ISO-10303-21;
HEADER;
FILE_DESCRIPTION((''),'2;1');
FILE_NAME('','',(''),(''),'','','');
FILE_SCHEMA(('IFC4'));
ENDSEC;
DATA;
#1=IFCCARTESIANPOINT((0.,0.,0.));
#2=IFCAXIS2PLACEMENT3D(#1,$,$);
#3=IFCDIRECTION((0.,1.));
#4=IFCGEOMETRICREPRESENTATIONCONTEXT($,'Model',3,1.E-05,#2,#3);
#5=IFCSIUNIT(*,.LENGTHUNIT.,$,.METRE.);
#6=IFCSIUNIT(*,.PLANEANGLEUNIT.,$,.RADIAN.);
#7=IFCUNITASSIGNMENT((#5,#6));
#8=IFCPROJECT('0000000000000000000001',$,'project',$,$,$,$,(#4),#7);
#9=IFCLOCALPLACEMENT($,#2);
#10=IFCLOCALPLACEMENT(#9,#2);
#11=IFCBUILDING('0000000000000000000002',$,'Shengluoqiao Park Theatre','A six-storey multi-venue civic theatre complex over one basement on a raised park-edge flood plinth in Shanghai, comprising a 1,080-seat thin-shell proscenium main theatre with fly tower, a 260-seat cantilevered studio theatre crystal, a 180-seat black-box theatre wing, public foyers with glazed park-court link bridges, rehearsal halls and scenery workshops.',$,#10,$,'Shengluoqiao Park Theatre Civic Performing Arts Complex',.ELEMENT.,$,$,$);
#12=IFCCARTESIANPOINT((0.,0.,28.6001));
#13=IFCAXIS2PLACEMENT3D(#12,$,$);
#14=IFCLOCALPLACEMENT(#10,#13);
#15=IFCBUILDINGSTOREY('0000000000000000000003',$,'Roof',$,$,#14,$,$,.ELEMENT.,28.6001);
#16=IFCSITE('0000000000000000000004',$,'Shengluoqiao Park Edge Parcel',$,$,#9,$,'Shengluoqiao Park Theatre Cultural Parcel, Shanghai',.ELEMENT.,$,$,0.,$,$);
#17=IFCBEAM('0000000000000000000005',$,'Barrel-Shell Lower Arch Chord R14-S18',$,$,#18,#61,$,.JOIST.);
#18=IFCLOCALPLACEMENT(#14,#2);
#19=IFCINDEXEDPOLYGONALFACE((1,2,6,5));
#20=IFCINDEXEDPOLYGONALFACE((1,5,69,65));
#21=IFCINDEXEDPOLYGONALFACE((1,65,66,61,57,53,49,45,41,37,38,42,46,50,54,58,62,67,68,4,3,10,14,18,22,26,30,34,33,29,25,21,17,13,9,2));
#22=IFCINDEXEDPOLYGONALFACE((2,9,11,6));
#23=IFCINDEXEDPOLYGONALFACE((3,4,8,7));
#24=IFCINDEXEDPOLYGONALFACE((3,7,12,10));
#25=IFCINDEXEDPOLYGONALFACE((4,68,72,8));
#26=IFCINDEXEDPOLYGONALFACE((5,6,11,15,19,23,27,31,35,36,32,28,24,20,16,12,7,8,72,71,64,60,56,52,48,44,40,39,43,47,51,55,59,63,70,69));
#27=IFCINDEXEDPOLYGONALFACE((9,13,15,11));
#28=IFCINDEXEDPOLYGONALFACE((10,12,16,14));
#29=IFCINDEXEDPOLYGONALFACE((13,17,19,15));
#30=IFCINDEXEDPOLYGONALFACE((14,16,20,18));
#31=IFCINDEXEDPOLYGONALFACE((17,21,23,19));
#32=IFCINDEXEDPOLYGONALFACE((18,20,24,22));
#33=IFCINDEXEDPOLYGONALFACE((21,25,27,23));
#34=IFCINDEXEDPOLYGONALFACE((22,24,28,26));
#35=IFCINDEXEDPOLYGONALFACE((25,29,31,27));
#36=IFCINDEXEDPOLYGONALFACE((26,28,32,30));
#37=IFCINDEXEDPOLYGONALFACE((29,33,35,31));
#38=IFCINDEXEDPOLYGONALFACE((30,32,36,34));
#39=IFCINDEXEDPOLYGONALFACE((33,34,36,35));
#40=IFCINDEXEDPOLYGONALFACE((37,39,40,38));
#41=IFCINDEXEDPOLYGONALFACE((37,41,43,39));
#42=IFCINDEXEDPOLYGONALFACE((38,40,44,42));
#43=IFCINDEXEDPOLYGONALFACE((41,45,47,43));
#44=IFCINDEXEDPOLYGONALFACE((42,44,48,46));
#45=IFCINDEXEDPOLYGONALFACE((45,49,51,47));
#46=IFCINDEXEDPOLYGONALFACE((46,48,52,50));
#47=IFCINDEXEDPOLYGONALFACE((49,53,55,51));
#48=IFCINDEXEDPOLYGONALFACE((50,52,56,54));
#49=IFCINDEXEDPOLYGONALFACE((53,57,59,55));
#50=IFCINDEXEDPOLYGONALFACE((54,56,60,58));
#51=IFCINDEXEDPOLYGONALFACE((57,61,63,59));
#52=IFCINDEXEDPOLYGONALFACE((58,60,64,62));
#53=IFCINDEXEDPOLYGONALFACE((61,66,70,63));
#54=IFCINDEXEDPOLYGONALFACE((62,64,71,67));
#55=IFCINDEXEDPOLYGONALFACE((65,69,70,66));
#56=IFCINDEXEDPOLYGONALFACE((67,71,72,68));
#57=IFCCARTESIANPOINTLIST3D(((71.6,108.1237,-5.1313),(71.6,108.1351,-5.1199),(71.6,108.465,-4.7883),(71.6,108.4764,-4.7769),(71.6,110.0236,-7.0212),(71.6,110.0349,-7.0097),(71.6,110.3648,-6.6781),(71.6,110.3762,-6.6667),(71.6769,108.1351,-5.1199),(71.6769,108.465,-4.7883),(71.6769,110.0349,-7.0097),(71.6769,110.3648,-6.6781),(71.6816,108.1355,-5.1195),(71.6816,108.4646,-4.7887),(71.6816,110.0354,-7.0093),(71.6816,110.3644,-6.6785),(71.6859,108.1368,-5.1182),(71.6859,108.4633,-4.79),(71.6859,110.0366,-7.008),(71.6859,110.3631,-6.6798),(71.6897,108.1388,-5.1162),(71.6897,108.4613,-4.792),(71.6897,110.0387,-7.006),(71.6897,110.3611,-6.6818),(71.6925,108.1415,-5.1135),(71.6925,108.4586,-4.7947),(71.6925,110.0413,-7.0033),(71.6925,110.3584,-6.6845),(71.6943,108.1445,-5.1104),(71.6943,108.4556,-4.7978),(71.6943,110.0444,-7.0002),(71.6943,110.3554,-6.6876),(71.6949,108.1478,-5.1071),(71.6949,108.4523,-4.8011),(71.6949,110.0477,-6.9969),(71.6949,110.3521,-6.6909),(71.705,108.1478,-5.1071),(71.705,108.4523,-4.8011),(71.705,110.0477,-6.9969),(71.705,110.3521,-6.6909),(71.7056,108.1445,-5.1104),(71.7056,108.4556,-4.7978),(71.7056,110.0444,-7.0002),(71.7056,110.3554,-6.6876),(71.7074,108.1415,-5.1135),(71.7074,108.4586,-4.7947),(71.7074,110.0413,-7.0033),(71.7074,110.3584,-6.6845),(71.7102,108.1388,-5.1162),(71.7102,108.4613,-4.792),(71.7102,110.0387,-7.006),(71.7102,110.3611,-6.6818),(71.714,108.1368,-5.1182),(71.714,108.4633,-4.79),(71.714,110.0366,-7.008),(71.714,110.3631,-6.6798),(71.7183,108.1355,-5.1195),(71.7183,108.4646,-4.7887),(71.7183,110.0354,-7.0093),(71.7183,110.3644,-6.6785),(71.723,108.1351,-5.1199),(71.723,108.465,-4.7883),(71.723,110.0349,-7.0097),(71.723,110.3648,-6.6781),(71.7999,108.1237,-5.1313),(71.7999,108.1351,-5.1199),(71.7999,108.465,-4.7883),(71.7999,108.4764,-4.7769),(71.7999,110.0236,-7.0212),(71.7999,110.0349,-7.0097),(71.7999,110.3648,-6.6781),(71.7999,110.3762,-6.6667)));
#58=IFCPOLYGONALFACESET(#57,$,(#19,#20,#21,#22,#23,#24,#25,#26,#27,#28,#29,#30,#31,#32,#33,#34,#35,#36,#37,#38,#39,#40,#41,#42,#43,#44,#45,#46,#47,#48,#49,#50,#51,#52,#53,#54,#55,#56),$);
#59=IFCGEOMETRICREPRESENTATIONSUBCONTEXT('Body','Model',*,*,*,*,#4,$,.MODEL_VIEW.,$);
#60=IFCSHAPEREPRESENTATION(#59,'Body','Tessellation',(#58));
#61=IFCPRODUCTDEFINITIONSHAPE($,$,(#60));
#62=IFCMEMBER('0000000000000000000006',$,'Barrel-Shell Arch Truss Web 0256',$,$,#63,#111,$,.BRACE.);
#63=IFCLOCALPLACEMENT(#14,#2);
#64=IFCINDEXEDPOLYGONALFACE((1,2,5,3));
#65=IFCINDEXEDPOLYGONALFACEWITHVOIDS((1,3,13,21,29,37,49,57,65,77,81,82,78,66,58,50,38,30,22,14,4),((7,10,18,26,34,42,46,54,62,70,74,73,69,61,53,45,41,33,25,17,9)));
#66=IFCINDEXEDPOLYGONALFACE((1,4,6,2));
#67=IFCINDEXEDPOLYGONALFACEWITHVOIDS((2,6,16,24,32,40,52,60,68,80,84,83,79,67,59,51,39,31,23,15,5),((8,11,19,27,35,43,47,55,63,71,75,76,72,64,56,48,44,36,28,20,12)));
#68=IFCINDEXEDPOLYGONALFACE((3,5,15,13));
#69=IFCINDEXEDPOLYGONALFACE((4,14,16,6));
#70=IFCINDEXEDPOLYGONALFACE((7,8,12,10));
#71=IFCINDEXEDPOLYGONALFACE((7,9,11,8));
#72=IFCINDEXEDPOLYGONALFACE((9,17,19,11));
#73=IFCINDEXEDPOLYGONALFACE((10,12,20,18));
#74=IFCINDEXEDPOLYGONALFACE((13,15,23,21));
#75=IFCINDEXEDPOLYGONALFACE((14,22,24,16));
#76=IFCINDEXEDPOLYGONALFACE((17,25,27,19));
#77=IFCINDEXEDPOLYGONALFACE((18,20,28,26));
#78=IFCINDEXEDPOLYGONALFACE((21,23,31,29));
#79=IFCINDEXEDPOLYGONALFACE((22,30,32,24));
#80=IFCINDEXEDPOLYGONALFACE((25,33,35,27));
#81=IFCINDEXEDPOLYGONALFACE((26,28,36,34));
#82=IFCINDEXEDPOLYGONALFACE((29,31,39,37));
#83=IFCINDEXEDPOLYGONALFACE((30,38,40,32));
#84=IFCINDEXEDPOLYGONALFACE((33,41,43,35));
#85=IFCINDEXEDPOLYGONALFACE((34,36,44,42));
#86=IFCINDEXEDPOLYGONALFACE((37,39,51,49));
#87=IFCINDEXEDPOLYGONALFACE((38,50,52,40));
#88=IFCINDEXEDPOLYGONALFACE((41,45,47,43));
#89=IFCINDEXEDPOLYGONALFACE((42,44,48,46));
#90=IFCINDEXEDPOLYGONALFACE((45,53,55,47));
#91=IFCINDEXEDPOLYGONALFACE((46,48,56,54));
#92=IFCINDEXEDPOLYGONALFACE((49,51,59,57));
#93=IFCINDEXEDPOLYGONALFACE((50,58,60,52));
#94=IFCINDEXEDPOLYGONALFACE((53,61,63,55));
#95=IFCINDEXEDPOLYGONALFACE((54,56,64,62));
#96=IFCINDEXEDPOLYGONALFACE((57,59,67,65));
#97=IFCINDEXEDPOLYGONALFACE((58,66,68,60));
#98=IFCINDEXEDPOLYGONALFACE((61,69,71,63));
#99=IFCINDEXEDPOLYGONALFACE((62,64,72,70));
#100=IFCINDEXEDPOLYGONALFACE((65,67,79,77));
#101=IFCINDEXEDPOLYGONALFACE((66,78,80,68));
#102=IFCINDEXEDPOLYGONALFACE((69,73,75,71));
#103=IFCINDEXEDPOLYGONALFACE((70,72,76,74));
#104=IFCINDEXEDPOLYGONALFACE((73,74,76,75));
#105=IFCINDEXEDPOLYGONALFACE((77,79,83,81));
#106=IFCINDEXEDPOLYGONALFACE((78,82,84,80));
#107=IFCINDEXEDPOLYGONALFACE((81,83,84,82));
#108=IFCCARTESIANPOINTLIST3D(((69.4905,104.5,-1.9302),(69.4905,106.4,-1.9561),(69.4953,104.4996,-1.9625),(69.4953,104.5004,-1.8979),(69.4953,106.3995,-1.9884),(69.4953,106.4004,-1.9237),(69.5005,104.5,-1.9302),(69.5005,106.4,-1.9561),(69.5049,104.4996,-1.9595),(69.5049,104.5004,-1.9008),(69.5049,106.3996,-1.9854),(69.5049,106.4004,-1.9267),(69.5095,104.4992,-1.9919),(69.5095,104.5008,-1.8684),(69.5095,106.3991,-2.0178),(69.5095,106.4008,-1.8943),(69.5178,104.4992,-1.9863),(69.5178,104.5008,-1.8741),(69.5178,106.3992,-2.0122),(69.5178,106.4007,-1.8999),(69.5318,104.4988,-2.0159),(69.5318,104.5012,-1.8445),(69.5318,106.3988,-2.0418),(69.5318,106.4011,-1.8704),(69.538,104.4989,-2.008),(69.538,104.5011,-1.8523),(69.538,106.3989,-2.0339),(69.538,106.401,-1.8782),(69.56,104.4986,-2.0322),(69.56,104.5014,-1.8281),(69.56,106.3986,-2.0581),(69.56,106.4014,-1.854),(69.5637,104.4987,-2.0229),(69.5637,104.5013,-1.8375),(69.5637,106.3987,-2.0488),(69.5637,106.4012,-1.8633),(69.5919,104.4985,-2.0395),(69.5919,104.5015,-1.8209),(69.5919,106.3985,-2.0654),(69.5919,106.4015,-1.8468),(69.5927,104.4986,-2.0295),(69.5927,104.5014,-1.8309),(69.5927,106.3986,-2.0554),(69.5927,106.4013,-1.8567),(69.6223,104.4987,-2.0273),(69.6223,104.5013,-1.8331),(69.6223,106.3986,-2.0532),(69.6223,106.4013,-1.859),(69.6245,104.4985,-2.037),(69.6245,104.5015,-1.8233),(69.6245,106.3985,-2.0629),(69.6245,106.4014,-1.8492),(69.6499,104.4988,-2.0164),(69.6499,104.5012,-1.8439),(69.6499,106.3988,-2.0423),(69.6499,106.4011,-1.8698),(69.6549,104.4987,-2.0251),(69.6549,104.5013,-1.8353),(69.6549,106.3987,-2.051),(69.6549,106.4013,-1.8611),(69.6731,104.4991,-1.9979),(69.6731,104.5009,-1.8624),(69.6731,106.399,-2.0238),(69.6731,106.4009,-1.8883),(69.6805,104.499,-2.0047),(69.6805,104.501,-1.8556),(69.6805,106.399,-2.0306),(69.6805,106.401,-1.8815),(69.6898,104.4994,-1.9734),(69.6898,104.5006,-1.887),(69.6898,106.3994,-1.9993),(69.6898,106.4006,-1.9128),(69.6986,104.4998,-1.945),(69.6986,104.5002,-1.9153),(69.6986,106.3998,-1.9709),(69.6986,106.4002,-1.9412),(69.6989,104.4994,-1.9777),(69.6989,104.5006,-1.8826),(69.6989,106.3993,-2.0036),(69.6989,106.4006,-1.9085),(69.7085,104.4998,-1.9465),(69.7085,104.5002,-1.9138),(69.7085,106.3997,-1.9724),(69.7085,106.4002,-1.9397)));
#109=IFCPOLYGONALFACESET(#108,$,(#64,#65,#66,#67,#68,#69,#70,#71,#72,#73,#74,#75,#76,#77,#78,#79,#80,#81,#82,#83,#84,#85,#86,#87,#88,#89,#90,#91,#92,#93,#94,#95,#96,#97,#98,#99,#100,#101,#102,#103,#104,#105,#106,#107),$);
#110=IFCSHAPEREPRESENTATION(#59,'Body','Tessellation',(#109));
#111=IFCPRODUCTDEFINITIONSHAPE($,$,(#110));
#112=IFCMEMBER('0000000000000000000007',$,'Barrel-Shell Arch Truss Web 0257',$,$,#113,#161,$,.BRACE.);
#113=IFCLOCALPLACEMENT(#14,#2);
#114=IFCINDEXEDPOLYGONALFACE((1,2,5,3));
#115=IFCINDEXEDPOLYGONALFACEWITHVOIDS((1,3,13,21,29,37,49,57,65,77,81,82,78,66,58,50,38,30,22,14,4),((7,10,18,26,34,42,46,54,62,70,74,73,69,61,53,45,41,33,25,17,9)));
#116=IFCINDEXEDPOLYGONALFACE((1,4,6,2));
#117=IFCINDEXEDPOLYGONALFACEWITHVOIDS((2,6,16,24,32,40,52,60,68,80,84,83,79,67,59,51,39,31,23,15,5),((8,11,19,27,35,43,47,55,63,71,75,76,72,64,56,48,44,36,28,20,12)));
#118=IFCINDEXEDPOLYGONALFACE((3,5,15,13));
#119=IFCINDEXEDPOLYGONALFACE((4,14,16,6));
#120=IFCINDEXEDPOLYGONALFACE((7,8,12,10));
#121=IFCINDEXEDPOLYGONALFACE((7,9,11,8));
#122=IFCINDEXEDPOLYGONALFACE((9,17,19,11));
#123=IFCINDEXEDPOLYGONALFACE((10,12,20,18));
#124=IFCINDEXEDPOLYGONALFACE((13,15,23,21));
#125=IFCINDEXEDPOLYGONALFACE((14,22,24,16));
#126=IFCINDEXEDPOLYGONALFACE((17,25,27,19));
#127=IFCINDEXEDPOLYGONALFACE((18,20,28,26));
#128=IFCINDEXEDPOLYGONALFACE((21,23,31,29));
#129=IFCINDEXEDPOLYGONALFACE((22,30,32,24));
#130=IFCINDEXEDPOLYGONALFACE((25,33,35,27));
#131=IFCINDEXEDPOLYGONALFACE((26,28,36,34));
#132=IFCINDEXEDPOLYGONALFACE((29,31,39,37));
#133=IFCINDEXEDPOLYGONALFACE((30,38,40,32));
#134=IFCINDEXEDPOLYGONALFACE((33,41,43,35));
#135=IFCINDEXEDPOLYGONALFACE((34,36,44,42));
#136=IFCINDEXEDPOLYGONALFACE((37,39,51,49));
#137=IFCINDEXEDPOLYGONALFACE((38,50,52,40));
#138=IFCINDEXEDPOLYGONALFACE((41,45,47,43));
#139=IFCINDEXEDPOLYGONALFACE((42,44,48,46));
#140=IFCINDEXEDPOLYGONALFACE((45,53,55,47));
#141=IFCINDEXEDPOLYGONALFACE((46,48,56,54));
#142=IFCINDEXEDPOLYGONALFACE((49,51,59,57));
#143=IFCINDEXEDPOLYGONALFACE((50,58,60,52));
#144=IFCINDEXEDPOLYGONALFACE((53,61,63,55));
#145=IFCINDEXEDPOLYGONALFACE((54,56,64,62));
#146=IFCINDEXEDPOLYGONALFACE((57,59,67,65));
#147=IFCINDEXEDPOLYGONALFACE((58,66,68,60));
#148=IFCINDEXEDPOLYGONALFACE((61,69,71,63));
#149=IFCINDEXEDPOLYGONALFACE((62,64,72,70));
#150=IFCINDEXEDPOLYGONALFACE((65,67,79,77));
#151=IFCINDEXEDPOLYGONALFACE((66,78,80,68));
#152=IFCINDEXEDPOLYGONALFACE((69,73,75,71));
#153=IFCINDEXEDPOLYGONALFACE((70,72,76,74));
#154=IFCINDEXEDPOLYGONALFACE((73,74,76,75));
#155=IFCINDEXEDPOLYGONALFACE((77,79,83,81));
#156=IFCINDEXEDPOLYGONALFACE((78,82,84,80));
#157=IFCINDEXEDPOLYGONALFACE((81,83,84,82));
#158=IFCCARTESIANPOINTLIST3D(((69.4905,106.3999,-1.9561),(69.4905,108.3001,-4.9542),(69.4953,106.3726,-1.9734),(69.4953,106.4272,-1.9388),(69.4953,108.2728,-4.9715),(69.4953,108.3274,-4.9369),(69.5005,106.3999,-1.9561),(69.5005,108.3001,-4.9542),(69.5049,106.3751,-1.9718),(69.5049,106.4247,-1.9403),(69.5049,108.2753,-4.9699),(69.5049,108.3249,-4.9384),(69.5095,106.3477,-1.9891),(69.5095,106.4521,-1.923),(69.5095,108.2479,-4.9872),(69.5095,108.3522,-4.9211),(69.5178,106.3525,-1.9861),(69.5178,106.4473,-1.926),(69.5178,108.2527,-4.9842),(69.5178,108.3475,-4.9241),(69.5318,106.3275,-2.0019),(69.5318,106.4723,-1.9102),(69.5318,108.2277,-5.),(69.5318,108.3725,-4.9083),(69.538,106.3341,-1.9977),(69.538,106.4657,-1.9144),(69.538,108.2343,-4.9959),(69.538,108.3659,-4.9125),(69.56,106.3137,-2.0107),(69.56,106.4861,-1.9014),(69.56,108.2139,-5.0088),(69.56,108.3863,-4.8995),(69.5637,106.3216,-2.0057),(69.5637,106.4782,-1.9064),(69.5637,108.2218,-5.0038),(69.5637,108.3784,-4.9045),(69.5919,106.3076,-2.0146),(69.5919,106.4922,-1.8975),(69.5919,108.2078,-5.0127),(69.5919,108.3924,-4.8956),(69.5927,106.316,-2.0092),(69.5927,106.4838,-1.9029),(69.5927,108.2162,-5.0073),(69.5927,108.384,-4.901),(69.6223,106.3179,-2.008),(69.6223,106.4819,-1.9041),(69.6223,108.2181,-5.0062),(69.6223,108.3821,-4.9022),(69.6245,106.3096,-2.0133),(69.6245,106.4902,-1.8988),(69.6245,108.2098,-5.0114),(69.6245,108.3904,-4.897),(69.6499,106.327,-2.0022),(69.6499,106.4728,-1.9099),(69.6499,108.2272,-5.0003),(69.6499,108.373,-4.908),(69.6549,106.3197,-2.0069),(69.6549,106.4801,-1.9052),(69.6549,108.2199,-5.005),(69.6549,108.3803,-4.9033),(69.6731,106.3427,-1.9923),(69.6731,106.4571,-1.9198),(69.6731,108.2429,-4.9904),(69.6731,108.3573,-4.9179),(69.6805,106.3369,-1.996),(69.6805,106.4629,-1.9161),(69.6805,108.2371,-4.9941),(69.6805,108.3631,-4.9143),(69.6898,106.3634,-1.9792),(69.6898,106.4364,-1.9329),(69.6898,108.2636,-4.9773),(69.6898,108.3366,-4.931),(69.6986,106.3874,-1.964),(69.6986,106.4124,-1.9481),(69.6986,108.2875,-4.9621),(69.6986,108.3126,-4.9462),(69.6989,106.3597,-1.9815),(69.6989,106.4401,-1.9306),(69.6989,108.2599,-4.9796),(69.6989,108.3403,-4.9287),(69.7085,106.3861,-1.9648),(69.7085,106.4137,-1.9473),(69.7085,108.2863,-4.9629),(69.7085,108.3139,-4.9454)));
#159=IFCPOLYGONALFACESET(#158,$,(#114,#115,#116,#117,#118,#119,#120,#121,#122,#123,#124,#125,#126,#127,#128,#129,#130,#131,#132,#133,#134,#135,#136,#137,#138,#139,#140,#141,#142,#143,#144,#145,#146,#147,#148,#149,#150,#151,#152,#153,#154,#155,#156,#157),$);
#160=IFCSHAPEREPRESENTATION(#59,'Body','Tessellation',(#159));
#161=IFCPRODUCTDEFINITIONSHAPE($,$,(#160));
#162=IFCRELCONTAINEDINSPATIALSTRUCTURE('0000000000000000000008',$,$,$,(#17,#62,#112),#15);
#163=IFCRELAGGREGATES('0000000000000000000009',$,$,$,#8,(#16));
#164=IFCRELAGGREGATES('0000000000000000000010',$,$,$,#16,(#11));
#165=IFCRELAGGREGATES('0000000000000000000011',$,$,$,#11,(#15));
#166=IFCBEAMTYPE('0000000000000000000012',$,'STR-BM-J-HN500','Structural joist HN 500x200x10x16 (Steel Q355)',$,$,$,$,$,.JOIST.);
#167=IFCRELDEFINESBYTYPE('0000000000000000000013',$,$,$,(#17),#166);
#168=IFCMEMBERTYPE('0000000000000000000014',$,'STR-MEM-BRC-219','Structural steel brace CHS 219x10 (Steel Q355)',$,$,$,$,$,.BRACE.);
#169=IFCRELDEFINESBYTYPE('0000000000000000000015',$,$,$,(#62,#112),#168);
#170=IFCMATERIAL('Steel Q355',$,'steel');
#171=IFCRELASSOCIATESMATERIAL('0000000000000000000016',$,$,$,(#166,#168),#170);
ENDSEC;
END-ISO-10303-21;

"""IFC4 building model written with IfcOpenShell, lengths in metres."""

from ifc_helpers import new_model, si_unit, direction, frame, origin, origin_2d, place, context, subcontext, project, spatial, hollow_circle, i_section, extrude, material, material_profile, profile_set, type_object, element, save


model = new_model("IFC4")

# Units and contexts
model_context = context("Model", 3, precision=1e-05, world=origin(), true_north=direction((0.0, 1.0)))
body_context = subcontext(model_context, "Body", "Model", "MODEL_VIEW")
ifc_project = project(units=[si_unit("LENGTHUNIT", "METRE"), si_unit("PLANEANGLEUNIT", "RADIAN")], contexts=[model_context])

# Site, building, storey
site_placement = place(None, origin())
site = spatial("IfcSite", under=ifc_project, at=site_placement, Name="Shengluoqiao Park Edge Parcel", LongName="Shengluoqiao Park Theatre Cultural Parcel, Shanghai", CompositionType="ELEMENT", RefElevation=0.0)
building_placement = place(site_placement, origin())
building = spatial("IfcBuilding", under=site, at=building_placement, Name="Shengluoqiao Park Theatre", Description="A six-storey multi-venue civic theatre complex over one basement on a raised park-edge flood plinth in Shanghai, comprising a 1,080-seat thin-shell proscenium main theatre with fly tower, a 260-seat cantilevered studio theatre crystal, a 180-seat black-box theatre wing, public foyers with glazed park-court link bridges, rehearsal halls and scenery workshops.", LongName="Shengluoqiao Park Theatre Civic Performing Arts Complex", CompositionType="ELEMENT")
storey_placement = place(building_placement, frame((0.0, 0.0, 28.6001)))
storey = spatial("IfcBuildingStorey", under=building, at=storey_placement, Name="Roof", CompositionType="ELEMENT", Elevation=28.6001)

# Beam
ifc_material_1 = material(Name="Steel Q355", Category="steel")
ifc_material_profile_1 = material_profile(ifc_material_1, i_section(OverallWidth=0.2, OverallDepth=0.5, WebThickness=0.01, FlangeThickness=0.0161, FilletRadius=0.0181, at=origin_2d()), Name="HN 500x200x10x16")
ifc_profile_set_1 = profile_set([ifc_material_profile_1], Name="Steel Q355")
beam_type_1 = type_object("IfcBeamType", Name="STR-BM-J-HN500", Description="Structural joist HN 500x200x10x16 (Steel Q355)", PredefinedType="JOIST", material=ifc_profile_set_1)
for number, where, z_axis, x_axis, name in (
    (1, (71.7, 108.3, -4.9541), (0.0, 0.708972, -0.705237), (-1.0, 0.0, 0.0), "Barrel-Shell Lower Arch Chord R14-S18"),
):
    element("IfcBeam", number, at=place(storey_placement, frame(where, z_axis=z_axis, x_axis=x_axis)), inside=storey, type_object=beam_type_1, Name=name, PredefinedType="JOIST", context=body_context, shape_type="SweptSolid", body=[
        extrude(i_section(OverallWidth=0.2, OverallDepth=0.5, WebThickness=0.01, FlangeThickness=0.0161, FilletRadius=0.0181, at=origin_2d()), origin(), (0.0, 0.0, 1.0), 2.6797),
    ])

# Members
ifc_material_profile_2 = material_profile(ifc_material_1, hollow_circle(Radius=0.1096, WallThickness=0.01, at=origin_2d()), Name="CHS 219x10")
ifc_profile_set_2 = profile_set([ifc_material_profile_2], Name="Steel Q355")
member_type_1 = type_object("IfcMemberType", Name="STR-MEM-BRC-219", Description="Structural steel brace CHS 219x10 (Steel Q355)", PredefinedType="BRACE", material=ifc_profile_set_2)
member_1_placement = place(storey_placement, frame((69.6001, 104.5, -1.9302), z_axis=(0.0, 0.999907, -0.01362), x_axis=(-1.0, 0.0, 0.0)))
element("IfcMember", 2, at=member_1_placement, inside=storey, type_object=member_type_1, Name="Barrel-Shell Arch Truss Web 0256", PredefinedType="BRACE", context=body_context, shape_type="SweptSolid", body=[
    extrude(hollow_circle(Radius=0.1096, WallThickness=0.01, at=origin_2d()), origin(), (0.0, 0.0, 1.0), 1.9001),
])
member_2_placement = place(storey_placement, frame((69.6001, 106.3999, -1.9561), z_axis=(0.0, 0.53533, -0.844643), x_axis=(-1.0, 0.0, 0.0)))
element("IfcMember", 3, at=member_2_placement, inside=storey, type_object=member_type_1, Name="Barrel-Shell Arch Truss Web 0257", PredefinedType="BRACE", context=body_context, shape_type="SweptSolid", body=[
    extrude(hollow_circle(Radius=0.1096, WallThickness=0.01, at=origin_2d()), origin(), (0.0, 0.0, 1.0), 3.5496),
])

save(model, "model.ifc")
